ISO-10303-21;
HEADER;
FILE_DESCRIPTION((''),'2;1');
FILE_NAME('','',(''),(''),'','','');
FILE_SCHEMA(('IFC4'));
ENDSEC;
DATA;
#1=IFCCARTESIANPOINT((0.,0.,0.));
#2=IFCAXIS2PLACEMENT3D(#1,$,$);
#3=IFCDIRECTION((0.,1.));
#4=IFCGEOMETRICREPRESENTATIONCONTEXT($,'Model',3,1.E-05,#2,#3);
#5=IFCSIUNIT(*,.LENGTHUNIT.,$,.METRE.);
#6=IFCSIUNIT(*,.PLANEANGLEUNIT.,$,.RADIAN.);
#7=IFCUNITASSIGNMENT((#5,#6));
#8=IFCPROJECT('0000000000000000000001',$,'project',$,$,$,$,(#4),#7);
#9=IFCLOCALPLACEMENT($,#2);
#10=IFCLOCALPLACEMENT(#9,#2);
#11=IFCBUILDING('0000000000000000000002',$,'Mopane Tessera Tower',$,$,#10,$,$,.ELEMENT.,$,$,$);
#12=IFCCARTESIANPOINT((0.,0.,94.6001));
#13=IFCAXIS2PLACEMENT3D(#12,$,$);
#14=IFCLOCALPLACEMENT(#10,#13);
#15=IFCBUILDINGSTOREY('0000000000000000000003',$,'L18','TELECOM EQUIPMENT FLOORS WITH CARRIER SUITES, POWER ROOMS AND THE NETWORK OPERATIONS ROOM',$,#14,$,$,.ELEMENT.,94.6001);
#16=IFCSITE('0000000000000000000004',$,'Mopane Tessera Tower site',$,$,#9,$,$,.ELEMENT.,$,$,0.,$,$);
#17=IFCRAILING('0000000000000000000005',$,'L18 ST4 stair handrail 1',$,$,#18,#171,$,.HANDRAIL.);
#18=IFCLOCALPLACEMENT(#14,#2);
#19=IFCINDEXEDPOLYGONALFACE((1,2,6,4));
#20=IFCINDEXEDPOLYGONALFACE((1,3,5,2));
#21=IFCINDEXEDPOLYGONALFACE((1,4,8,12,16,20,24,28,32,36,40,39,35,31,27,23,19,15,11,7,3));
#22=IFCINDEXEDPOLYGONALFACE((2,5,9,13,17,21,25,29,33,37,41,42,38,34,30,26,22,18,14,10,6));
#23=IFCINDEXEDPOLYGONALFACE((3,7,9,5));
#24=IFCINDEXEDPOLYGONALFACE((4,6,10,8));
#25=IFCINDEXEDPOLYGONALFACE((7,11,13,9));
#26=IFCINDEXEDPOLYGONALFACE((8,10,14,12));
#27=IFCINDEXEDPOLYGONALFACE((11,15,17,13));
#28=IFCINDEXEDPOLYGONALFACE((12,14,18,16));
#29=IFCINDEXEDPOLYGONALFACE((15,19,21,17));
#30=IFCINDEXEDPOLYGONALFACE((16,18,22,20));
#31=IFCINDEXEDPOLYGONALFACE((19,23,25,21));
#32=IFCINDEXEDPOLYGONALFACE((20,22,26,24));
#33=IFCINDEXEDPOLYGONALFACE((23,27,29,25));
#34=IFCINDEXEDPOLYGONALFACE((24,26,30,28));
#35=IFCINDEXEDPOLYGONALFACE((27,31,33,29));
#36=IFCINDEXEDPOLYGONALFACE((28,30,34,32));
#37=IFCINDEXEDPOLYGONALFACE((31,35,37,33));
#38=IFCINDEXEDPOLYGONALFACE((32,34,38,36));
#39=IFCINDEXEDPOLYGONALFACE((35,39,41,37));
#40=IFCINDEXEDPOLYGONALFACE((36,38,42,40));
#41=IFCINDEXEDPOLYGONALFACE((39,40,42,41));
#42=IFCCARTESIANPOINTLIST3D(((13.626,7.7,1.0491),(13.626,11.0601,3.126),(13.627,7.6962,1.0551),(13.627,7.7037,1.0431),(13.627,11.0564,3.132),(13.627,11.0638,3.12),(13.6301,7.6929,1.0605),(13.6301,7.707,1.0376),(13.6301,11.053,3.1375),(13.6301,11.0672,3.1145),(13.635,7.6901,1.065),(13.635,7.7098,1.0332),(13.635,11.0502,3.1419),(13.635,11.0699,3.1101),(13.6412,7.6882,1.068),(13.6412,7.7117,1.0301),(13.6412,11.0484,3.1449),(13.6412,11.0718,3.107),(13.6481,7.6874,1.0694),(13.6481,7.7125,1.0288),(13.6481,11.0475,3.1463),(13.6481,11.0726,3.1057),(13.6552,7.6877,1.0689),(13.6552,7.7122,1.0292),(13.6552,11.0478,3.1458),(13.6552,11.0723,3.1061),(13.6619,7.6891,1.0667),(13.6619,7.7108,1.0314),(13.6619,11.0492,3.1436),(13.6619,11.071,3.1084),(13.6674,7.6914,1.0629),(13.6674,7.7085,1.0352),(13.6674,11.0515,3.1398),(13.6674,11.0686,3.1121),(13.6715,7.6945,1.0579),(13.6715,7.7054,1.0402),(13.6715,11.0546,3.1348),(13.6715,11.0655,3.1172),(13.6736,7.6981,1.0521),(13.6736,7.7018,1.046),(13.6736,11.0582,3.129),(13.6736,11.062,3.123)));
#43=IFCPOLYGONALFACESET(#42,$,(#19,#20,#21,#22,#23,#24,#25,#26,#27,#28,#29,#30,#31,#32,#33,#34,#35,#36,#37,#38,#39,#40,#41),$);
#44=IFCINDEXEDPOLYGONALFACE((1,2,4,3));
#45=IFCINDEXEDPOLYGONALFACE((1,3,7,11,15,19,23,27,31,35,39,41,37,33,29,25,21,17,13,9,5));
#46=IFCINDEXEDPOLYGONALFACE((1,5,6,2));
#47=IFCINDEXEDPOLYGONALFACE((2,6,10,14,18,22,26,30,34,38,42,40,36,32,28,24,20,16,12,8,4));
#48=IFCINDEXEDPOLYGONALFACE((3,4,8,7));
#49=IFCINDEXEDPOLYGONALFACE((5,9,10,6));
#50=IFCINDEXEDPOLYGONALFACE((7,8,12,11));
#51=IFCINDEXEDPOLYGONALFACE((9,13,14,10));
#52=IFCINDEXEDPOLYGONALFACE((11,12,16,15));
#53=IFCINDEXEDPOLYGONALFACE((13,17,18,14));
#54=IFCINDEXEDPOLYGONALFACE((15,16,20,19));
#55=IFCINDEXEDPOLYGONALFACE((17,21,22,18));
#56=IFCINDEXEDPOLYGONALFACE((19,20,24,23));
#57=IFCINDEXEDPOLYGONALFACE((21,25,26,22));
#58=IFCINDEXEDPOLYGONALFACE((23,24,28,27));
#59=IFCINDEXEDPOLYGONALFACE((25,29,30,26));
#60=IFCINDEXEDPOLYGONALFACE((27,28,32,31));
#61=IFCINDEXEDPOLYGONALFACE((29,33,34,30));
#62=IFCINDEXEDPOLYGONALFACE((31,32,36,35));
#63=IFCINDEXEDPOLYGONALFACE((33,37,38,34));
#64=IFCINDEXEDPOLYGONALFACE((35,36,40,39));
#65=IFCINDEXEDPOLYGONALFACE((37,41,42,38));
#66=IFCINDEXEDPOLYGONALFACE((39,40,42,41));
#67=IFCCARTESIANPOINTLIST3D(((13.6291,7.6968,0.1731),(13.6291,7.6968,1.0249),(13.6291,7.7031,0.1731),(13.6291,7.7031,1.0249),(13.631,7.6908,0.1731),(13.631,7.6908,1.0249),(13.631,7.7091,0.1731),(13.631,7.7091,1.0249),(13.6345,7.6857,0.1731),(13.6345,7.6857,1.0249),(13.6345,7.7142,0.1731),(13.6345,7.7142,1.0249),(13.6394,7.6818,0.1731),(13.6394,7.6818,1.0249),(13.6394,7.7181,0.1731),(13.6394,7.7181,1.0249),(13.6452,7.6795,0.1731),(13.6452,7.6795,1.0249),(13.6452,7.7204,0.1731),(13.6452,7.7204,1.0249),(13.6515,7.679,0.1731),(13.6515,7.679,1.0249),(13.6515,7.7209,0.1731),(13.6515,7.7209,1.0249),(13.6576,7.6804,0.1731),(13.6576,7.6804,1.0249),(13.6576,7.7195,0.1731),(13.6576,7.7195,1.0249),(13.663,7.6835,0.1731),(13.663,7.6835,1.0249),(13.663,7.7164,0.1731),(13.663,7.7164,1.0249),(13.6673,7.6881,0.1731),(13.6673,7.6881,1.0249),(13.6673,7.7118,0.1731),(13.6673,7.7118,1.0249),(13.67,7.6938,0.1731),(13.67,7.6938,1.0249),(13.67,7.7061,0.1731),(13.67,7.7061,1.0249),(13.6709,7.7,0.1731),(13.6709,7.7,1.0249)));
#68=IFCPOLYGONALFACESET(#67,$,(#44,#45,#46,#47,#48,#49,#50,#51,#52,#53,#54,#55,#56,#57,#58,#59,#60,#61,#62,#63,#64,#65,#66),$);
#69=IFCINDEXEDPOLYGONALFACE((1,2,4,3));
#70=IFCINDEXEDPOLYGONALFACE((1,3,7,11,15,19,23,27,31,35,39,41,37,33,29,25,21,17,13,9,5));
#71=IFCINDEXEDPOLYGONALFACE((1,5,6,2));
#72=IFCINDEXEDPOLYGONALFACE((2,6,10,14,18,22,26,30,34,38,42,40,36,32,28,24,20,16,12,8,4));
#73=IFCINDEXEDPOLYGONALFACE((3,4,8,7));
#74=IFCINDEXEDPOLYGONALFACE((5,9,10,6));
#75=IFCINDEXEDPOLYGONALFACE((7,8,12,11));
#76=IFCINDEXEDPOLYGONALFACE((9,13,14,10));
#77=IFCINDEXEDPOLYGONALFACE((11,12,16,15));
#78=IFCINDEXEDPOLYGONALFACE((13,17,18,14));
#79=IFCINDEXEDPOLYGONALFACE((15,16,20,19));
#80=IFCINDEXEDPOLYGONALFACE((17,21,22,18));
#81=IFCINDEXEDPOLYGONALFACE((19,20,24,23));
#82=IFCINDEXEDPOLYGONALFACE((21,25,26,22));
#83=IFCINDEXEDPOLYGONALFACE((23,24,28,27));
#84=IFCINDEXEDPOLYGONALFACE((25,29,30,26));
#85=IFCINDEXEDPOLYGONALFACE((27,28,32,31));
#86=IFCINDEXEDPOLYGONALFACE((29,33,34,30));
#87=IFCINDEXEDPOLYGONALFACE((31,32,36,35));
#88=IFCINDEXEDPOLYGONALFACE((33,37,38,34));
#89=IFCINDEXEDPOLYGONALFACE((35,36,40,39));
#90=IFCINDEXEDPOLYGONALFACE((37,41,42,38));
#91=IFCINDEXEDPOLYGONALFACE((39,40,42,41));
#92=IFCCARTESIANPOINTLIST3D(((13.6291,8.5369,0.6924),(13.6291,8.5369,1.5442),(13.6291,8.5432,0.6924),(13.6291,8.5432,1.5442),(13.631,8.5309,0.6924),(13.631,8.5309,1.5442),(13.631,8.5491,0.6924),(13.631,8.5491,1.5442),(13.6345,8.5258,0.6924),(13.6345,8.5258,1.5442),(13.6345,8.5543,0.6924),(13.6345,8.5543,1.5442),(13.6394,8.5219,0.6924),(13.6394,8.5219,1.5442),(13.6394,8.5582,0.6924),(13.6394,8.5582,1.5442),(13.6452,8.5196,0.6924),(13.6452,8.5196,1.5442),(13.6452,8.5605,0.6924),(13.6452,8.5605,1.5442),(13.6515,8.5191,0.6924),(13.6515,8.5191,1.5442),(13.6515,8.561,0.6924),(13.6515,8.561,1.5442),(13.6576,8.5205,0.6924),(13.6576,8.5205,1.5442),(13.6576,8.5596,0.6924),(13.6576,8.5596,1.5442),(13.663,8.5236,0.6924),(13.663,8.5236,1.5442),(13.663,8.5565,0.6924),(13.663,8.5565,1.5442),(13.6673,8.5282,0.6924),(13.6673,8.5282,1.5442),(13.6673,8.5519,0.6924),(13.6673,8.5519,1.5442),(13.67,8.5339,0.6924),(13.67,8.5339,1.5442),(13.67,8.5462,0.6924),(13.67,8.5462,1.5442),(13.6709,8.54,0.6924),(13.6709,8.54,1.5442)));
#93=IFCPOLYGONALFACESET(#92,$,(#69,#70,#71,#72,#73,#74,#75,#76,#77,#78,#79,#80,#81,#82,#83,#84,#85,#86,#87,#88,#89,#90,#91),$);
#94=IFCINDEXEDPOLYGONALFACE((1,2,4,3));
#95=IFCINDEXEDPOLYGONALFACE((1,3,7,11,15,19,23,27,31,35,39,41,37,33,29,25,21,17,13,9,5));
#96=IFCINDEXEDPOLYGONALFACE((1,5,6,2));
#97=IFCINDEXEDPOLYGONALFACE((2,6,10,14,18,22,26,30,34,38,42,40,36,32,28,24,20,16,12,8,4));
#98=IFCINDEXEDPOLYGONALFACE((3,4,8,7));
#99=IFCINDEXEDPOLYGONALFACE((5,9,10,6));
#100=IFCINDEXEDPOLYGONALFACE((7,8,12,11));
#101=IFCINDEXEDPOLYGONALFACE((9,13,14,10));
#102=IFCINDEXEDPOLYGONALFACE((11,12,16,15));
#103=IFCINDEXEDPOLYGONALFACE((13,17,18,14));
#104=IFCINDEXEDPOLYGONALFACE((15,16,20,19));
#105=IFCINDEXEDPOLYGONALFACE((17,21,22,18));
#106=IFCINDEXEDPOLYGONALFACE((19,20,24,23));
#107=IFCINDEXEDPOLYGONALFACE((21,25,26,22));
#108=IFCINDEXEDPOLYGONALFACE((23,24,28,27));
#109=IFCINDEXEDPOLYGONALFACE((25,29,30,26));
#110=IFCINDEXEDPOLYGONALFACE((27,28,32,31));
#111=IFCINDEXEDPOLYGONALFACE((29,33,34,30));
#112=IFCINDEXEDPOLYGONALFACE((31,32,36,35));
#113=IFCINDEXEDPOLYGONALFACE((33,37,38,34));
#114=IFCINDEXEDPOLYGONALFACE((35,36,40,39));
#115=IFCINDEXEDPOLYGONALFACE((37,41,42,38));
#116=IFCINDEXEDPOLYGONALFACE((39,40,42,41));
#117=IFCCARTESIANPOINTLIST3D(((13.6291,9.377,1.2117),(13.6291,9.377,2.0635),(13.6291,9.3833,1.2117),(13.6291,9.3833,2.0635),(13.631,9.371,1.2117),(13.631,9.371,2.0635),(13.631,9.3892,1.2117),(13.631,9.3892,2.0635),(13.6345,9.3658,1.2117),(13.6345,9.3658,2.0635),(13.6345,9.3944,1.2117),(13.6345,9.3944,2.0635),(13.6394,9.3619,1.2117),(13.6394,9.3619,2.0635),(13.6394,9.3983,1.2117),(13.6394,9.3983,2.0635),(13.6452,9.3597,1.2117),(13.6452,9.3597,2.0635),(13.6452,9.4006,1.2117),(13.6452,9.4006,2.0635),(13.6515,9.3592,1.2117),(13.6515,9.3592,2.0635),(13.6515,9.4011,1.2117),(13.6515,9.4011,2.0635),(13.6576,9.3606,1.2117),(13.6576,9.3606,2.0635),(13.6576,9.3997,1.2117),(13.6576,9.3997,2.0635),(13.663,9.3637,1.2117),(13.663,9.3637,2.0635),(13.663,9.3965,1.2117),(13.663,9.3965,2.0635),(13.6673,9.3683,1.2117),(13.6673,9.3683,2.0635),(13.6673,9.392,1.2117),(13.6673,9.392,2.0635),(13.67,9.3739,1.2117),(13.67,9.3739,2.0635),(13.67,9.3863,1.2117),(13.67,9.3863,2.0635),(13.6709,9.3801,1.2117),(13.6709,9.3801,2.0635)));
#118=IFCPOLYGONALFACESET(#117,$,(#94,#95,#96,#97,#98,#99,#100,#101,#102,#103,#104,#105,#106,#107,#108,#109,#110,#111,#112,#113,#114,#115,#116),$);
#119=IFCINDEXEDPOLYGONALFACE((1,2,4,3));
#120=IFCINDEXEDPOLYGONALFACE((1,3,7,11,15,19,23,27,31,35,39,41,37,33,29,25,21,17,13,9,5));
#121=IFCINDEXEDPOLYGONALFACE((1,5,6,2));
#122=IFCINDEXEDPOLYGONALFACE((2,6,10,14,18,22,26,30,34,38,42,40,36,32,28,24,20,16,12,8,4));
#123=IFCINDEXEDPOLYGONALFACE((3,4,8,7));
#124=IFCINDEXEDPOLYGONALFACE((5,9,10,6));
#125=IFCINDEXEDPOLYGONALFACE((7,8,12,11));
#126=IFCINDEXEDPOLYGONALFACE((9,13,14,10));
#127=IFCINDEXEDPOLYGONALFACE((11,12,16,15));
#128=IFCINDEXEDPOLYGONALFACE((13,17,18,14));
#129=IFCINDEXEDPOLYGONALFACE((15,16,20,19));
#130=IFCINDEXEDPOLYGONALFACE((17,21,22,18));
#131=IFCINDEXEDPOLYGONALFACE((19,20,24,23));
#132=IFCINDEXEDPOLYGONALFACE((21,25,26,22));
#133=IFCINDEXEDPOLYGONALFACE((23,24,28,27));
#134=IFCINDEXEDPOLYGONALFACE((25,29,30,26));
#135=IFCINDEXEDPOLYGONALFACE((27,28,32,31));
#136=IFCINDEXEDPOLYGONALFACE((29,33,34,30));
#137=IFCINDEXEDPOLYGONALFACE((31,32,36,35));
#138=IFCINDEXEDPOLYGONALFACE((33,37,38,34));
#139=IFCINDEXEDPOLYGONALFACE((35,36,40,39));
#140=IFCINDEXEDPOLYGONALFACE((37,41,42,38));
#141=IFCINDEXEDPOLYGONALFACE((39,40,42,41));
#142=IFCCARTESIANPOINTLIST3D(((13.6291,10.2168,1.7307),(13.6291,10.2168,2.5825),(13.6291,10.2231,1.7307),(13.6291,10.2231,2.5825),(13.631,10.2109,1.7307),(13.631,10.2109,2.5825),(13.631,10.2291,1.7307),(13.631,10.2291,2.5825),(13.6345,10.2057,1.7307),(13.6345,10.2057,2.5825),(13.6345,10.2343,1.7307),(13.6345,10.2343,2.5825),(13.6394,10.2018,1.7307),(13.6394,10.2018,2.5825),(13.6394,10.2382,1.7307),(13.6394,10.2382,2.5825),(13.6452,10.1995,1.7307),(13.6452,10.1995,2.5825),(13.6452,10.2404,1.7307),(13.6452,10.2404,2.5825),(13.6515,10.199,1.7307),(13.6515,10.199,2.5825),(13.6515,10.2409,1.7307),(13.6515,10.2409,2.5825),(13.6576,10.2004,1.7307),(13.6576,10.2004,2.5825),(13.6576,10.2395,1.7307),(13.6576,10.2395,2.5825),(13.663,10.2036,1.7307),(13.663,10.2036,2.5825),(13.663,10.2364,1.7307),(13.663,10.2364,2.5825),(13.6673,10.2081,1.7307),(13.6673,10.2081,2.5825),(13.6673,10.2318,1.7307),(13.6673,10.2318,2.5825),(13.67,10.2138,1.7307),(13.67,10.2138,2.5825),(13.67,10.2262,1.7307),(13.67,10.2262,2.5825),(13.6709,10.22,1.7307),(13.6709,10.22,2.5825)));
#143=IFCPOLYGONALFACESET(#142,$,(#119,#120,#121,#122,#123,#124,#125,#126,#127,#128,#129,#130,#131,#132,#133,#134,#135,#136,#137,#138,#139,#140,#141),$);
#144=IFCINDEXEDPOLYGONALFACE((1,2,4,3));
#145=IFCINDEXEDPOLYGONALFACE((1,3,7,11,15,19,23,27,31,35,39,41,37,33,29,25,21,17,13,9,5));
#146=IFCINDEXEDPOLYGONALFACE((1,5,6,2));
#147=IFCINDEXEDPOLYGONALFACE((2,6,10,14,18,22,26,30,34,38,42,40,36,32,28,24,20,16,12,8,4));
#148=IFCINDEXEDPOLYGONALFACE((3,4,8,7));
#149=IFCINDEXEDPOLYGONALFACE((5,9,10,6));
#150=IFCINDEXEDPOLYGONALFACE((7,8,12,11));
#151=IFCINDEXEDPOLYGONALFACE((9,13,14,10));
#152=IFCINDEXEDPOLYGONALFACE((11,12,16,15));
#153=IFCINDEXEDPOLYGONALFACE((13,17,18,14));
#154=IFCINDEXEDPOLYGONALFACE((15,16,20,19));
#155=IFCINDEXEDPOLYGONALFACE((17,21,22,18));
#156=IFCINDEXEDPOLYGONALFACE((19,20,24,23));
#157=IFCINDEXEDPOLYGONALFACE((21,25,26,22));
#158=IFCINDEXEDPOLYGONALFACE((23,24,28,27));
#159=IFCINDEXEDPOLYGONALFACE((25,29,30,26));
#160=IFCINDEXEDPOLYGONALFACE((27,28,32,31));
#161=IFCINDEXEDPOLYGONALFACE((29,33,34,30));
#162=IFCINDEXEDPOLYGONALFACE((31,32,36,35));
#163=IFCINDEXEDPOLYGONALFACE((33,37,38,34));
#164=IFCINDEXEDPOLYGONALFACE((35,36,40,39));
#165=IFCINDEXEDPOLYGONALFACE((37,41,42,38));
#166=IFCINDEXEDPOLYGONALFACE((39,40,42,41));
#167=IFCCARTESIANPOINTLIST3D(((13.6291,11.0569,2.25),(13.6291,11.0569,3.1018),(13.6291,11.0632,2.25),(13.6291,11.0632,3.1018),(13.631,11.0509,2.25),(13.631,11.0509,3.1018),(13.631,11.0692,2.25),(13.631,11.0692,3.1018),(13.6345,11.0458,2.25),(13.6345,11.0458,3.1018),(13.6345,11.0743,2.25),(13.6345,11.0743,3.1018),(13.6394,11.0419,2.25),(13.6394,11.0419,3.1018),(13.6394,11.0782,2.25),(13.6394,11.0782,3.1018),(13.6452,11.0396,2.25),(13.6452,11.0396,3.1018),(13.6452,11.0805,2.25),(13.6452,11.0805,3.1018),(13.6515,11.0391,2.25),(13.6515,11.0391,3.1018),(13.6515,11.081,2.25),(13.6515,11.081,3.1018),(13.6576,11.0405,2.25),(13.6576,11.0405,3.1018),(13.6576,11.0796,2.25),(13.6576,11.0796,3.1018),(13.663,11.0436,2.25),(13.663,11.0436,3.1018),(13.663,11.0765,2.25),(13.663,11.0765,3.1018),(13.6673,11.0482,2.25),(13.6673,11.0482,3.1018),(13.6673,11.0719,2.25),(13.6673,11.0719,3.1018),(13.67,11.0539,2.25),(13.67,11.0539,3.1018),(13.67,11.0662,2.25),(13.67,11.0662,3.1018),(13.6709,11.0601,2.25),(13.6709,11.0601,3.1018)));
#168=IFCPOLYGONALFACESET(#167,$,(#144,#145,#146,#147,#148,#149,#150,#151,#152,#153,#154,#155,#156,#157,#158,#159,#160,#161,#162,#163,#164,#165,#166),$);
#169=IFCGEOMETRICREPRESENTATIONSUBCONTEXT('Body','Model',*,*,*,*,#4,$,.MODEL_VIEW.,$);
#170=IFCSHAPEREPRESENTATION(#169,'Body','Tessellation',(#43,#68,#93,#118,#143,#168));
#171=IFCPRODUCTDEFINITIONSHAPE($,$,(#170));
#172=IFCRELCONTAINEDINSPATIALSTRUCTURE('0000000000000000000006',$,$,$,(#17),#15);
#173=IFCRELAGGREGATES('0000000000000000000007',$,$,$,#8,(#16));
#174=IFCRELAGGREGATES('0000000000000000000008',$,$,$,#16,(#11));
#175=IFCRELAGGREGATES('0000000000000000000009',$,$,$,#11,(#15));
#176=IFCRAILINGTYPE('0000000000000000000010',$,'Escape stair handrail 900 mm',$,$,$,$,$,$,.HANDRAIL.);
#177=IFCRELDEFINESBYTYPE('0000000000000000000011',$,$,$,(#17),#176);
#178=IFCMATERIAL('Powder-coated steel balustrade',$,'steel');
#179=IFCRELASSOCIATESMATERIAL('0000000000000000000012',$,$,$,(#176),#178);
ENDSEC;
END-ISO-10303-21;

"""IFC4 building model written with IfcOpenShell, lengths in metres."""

from ifc_helpers import new_model, si_unit, direction, frame, origin, origin_2d, place, context, subcontext, project, spatial, circle, extrude, material, type_object, element, save


model = new_model("IFC4")

# Units and contexts
model_context = context("Model", 3, precision=1e-05, world=origin(), true_north=direction((0.0, 1.0)))
body_context = subcontext(model_context, "Body", "Model", "MODEL_VIEW")
ifc_project = project(units=[si_unit("LENGTHUNIT", "METRE"), si_unit("PLANEANGLEUNIT", "RADIAN")], contexts=[model_context])

# Site, building, storey
site_placement = place(None, origin())
site = spatial("IfcSite", under=ifc_project, at=site_placement, Name="Mopane Tessera Tower site", CompositionType="ELEMENT", RefElevation=0.0)
building_placement = place(site_placement, origin())
building = spatial("IfcBuilding", under=site, at=building_placement, Name="Mopane Tessera Tower", CompositionType="ELEMENT")
storey_placement = place(building_placement, frame((0.0, 0.0, 94.6001)))
storey = spatial("IfcBuildingStorey", under=building, at=storey_placement, Name="L18", Description="TELECOM EQUIPMENT FLOORS WITH CARRIER SUITES, POWER ROOMS AND THE NETWORK OPERATIONS ROOM", CompositionType="ELEMENT", Elevation=94.6001)

# Railing
ifc_material_1 = material(Name="Powder-coated steel balustrade", Category="steel")
railing_type_1 = type_object("IfcRailingType", Name="Escape stair handrail 900 mm", PredefinedType="HANDRAIL", material=ifc_material_1)
railing_1_placement = place(storey_placement, frame((13.6499, 7.7, 0.1731)))
element("IfcRailing", 1, at=railing_1_placement, inside=storey, type_object=railing_type_1, Name="L18 ST4 stair handrail 1", PredefinedType="HANDRAIL", context=body_context, shape_type="SweptSolid", body=[
    extrude(circle(Radius=0.0239, at=origin_2d()), frame((0.0, 0.0, 0.876), z_axis=(0.0, 0.850623, 0.525776), x_axis=(-1.0, 0.0, 0.0)), (0.0, 0.0, 1.0), 3.9502),
    extrude(circle(Radius=0.021, at=origin_2d()), origin(), (0.0, 0.0, 1.0), 0.8518),
    extrude(circle(Radius=0.021, at=origin_2d()), frame((0.0, 0.8401, 0.5193)), (0.0, 0.0, 1.0), 0.8518),
    extrude(circle(Radius=0.021, at=origin_2d()), frame((0.0, 1.6802, 1.0386)), (0.0, 0.0, 1.0), 0.8518),
    extrude(circle(Radius=0.021, at=origin_2d()), frame((0.0, 2.52, 1.5576)), (0.0, 0.0, 1.0), 0.8518),
    extrude(circle(Radius=0.021, at=origin_2d()), frame((0.0, 3.3601, 2.0769)), (0.0, 0.0, 1.0), 0.8518),
])

save(model, "model.ifc")
